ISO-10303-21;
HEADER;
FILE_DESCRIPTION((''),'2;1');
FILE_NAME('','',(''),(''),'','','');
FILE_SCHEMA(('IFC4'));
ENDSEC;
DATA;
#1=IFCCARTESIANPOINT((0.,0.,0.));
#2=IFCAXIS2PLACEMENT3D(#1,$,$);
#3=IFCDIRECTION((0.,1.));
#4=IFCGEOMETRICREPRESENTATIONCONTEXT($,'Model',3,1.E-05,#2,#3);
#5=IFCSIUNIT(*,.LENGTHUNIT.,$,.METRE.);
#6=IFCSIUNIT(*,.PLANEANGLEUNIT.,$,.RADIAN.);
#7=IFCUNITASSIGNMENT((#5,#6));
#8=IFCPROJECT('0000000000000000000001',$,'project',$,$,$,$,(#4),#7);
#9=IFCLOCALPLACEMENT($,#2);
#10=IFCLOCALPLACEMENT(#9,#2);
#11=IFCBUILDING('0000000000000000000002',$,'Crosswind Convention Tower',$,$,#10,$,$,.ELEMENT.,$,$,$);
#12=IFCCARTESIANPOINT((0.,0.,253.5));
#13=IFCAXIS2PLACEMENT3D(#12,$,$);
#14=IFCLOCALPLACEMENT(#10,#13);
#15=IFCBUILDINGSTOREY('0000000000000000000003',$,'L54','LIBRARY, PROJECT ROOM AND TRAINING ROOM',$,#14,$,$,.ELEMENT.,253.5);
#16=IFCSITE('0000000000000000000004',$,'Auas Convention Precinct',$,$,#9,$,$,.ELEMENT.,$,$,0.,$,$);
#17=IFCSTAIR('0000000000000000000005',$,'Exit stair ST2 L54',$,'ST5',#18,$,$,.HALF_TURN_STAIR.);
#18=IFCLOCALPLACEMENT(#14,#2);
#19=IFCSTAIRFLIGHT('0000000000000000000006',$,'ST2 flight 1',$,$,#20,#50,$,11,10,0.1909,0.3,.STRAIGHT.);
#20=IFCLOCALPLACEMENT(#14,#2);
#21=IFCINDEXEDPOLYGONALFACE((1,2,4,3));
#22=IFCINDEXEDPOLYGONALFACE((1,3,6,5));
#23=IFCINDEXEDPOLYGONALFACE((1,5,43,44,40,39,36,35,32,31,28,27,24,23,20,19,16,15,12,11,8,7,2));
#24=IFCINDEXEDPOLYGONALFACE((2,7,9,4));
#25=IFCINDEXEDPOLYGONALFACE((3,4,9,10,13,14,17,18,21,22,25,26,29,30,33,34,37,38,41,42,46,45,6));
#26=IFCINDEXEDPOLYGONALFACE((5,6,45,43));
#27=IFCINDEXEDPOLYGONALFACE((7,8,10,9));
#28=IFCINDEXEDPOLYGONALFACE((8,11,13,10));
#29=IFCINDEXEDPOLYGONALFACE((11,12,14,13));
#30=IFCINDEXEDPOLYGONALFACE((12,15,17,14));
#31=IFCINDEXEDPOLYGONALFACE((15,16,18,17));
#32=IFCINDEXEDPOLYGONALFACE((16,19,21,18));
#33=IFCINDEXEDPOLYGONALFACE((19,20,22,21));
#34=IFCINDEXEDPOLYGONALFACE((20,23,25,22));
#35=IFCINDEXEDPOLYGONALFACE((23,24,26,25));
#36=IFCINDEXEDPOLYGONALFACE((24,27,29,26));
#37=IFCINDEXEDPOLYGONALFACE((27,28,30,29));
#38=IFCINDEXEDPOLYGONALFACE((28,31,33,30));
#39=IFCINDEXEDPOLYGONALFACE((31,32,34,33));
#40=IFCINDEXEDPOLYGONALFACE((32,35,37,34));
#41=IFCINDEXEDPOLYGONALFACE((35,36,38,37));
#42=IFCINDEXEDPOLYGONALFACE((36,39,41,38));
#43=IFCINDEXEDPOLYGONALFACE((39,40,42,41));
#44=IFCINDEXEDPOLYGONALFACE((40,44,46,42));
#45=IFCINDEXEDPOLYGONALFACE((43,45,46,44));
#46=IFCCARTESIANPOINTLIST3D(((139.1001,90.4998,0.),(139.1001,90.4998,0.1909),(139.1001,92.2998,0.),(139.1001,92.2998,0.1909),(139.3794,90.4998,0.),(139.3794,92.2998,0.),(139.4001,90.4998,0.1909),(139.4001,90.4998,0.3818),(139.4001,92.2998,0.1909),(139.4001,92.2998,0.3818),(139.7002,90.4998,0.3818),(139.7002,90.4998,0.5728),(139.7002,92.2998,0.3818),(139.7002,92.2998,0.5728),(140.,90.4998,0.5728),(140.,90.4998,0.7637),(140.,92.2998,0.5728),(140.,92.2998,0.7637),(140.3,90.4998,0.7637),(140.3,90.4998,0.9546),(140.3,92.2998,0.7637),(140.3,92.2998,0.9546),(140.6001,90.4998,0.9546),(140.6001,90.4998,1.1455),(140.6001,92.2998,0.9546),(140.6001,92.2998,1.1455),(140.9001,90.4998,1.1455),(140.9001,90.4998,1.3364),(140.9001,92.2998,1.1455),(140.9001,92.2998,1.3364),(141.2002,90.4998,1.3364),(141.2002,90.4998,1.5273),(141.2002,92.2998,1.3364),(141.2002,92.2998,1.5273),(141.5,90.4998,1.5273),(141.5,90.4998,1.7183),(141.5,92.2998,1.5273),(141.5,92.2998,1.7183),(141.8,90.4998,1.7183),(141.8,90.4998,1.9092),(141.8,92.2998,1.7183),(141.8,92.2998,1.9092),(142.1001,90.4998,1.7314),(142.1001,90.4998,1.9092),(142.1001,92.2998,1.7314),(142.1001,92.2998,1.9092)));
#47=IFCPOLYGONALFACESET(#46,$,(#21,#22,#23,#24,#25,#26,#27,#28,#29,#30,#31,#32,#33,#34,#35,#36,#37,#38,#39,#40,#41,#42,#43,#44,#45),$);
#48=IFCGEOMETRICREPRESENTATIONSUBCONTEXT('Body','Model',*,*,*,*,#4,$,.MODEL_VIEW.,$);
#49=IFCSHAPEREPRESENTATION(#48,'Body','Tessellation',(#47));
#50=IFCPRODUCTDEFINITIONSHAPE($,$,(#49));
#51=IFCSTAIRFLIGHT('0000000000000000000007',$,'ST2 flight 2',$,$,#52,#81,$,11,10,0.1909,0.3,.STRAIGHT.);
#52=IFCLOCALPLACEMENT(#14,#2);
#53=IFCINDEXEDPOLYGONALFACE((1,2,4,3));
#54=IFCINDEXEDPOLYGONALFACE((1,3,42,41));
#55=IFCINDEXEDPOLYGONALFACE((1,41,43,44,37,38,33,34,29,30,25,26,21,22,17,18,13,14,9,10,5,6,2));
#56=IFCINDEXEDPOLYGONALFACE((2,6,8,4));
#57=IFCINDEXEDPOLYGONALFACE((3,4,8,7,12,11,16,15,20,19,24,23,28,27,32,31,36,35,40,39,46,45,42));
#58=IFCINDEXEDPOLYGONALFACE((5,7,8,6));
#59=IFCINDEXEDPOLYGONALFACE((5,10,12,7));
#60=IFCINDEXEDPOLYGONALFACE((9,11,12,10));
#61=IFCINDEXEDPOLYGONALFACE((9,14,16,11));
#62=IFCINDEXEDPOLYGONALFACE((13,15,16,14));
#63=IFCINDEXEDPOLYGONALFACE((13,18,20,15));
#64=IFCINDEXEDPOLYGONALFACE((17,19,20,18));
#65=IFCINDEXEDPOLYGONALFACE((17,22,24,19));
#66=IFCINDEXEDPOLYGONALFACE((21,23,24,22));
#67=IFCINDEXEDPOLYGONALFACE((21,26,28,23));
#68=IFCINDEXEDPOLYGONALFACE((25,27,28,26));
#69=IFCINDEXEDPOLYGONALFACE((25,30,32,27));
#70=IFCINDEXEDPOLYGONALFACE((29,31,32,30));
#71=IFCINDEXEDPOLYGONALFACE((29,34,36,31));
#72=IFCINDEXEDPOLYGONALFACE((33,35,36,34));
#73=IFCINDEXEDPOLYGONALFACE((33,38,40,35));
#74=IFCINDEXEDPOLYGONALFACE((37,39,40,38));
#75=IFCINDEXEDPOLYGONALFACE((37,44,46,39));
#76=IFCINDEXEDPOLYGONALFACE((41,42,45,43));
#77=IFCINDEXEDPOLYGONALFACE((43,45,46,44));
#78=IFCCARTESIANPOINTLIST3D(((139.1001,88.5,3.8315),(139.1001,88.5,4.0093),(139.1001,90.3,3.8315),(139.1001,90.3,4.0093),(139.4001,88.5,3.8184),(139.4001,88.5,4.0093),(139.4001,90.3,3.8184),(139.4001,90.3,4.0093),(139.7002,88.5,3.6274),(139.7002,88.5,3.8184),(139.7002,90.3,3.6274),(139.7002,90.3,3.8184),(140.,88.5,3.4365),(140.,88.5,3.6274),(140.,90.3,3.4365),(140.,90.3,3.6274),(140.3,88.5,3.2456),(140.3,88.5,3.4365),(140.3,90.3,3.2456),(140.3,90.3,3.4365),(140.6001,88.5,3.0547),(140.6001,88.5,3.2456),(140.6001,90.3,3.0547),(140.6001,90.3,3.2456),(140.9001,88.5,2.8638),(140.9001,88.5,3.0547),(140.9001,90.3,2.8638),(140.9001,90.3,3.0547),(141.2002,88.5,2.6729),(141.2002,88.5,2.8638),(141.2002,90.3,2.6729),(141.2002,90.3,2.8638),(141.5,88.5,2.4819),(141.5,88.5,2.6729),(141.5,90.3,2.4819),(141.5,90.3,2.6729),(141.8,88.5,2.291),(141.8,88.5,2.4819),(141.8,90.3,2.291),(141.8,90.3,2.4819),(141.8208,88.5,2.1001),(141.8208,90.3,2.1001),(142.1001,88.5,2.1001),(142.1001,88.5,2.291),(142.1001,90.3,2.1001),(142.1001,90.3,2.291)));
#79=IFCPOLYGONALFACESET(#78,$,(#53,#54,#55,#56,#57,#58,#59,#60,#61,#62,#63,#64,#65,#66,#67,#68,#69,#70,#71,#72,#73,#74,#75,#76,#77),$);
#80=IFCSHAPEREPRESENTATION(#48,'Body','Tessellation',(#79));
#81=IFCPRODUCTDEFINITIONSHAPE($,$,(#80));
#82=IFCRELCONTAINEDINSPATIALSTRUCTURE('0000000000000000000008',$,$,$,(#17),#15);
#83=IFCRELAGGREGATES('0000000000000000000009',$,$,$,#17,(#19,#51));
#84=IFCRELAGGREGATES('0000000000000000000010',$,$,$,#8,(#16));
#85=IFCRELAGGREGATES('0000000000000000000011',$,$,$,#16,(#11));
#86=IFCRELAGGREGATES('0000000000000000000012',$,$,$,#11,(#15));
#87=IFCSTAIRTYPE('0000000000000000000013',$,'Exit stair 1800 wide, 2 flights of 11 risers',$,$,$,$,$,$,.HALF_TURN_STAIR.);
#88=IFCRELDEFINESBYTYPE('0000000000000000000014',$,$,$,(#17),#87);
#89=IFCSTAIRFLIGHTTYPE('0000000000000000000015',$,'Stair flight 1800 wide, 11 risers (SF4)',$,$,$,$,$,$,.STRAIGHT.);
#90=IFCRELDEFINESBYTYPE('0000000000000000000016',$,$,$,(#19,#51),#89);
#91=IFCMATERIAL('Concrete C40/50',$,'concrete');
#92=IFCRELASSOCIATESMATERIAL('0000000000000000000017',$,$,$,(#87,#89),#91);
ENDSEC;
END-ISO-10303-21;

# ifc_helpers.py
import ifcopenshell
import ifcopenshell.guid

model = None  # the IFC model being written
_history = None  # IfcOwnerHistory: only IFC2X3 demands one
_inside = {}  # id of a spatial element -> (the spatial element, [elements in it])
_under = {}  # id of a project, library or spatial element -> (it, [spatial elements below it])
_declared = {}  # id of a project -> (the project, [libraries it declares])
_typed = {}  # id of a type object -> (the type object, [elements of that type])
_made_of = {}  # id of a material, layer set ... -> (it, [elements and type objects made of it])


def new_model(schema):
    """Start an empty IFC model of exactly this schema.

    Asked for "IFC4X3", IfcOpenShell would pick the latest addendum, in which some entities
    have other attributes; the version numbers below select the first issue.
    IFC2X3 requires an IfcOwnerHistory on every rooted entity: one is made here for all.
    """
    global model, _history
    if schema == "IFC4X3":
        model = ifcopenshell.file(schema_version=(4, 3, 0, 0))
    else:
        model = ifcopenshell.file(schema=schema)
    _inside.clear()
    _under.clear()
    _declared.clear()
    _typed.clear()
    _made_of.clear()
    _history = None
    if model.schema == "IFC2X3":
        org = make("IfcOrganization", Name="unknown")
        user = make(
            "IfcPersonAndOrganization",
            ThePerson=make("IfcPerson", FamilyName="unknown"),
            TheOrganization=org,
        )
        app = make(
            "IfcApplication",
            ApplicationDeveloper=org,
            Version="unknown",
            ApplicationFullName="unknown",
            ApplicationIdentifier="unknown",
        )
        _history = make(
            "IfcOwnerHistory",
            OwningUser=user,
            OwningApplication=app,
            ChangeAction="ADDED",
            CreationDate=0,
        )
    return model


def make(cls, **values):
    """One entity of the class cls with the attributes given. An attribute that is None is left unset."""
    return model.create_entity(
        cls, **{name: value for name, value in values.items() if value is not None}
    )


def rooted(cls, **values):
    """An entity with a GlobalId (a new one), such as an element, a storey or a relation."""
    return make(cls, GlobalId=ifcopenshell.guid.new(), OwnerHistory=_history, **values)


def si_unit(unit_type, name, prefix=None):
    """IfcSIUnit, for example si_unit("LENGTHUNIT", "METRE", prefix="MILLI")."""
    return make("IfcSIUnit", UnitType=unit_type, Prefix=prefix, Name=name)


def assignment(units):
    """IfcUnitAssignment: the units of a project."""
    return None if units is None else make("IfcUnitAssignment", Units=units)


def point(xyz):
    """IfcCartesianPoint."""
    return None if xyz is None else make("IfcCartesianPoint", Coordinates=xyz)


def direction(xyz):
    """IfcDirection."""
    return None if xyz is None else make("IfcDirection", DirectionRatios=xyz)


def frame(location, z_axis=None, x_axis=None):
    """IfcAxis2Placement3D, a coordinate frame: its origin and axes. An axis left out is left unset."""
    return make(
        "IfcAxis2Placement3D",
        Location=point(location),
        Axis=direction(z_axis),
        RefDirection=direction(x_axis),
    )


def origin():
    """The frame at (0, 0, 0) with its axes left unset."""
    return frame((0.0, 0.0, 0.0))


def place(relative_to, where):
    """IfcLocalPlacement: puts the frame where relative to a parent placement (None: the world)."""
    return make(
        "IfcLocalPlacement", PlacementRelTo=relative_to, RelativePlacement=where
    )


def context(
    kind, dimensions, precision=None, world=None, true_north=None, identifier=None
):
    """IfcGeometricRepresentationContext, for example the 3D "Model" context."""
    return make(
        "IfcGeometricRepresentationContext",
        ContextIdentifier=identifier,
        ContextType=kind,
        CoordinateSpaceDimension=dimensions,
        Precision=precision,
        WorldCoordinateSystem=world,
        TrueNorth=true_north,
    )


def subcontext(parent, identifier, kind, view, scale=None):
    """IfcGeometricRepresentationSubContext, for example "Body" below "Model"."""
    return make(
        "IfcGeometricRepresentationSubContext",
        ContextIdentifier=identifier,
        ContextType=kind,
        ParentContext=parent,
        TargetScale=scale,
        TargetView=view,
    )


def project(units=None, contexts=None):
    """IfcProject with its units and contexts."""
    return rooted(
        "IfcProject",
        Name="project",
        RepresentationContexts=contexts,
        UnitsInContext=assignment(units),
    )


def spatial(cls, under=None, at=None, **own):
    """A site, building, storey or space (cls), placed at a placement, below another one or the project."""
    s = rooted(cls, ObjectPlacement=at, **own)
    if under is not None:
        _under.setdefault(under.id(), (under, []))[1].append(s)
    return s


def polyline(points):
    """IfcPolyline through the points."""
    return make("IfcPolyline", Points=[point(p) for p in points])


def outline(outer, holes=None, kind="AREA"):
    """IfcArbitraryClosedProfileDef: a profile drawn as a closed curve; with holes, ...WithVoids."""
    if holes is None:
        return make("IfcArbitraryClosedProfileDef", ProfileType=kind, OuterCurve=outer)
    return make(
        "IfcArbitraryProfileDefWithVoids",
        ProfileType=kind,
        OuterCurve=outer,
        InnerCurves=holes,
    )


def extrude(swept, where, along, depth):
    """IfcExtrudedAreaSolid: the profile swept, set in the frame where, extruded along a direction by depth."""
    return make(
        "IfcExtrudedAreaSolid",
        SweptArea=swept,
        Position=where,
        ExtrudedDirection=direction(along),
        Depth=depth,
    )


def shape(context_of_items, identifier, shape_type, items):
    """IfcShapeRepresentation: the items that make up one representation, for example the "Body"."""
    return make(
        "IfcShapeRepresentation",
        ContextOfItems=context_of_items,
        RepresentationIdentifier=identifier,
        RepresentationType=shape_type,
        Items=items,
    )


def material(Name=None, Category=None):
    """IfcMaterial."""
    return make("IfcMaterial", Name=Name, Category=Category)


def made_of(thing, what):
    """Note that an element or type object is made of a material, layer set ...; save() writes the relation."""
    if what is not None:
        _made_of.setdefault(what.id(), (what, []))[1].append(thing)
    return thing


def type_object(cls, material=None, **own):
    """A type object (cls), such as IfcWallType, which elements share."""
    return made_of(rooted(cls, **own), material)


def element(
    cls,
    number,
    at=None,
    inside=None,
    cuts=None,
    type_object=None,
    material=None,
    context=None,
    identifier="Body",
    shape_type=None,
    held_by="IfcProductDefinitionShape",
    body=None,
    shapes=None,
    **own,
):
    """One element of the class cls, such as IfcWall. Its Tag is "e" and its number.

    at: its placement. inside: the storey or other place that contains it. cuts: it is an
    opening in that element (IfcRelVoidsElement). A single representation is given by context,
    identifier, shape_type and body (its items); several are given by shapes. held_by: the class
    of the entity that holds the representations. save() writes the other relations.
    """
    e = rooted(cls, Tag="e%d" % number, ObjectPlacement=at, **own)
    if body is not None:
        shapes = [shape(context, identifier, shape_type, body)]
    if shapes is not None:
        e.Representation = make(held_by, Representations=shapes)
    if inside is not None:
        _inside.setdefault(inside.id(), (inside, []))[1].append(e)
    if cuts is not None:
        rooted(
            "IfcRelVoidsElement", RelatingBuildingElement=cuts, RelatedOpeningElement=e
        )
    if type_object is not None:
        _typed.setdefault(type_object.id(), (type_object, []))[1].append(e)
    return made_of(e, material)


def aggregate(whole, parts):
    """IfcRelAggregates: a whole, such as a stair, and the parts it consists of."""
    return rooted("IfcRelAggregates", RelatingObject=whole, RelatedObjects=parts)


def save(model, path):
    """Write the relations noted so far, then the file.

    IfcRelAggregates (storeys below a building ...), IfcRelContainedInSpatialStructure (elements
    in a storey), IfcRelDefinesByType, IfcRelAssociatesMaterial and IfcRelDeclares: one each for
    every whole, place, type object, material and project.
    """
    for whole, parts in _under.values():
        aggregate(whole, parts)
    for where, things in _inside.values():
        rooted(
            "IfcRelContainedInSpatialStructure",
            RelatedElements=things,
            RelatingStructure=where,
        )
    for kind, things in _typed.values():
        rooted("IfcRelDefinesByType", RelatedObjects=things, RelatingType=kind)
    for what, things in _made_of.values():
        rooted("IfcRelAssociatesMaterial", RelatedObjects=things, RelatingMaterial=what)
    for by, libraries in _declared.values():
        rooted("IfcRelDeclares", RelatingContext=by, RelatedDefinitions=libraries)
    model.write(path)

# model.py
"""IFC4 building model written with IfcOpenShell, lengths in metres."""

from ifc_helpers import new_model, si_unit, direction, frame, origin, place, context, subcontext, project, spatial, polyline, outline, extrude, material, type_object, element, aggregate, save


model = new_model("IFC4")

# Units and contexts
model_context = context("Model", 3, precision=1e-05, world=origin(), true_north=direction((0.0, 1.0)))
body_context = subcontext(model_context, "Body", "Model", "MODEL_VIEW")
ifc_project = project(units=[si_unit("LENGTHUNIT", "METRE"), si_unit("PLANEANGLEUNIT", "RADIAN")], contexts=[model_context])

# Site, building, storey
site_placement = place(None, origin())
site = spatial("IfcSite", under=ifc_project, at=site_placement, Name="Auas Convention Precinct", CompositionType="ELEMENT", RefElevation=0.0)
building_placement = place(site_placement, origin())
building = spatial("IfcBuilding", under=site, at=building_placement, Name="Crosswind Convention Tower", CompositionType="ELEMENT")
storey_placement = place(building_placement, frame((0.0, 0.0, 253.5)))
storey = spatial("IfcBuildingStorey", under=building, at=storey_placement, Name="L54", Description="LIBRARY, PROJECT ROOM AND TRAINING ROOM", CompositionType="ELEMENT", Elevation=253.5)

# Stair, stair flights
ifc_material_1 = material(Name="Concrete C40/50", Category="concrete")
stair_type = type_object("IfcStairType", Name="Exit stair 1800 wide, 2 flights of 11 risers", PredefinedType="HALF_TURN_STAIR", material=ifc_material_1)
stair_placement = place(storey_placement, origin())
stair = element("IfcStair", 1, at=stair_placement, inside=storey, type_object=stair_type, Name="Exit stair ST2 L54", ObjectType="ST5", PredefinedType="HALF_TURN_STAIR")
stair_flight_type = type_object("IfcStairFlightType", Name="Stair flight 1800 wide, 11 risers (SF4)", PredefinedType="STRAIGHT", material=ifc_material_1)
stair_flight_1_placement = place(storey_placement, frame((139.1001, 91.3999, 0.0), z_axis=(0.0, 0.0, 1.0), x_axis=(1.0, 0.0, 0.0)))
stair_flight_1 = element("IfcStairFlight", 2, at=stair_flight_1_placement, type_object=stair_flight_type, Name="ST2 flight 1", NumberOfRisers=11, NumberOfTreads=10, PredefinedType="STRAIGHT", RiserHeight=0.1909, TreadLength=0.3, context=body_context, shape_type="SweptSolid", body=[
    extrude(outline(polyline([(0.0, 0.0), (0.0, 0.1909), (0.3, 0.1909), (0.3, 0.3818), (0.6001, 0.3818), (0.6001, 0.5728), (0.8999, 0.5728), (0.8999, 0.7637), (1.2, 0.7637), (1.2, 0.9546), (1.5, 0.9546), (1.5, 1.1455), (1.8, 1.1455), (1.8, 1.3364), (2.1001, 1.3364), (2.1001, 1.5273), (2.3999, 1.5273), (2.3999, 1.7183), (2.7, 1.7183), (2.7, 1.9092), (3.0, 1.9092), (3.0, 2.1001), (3.0, 1.7314), (0.2793, 0.0), (0.0, 0.0)])), frame((0.0, 0.8999, 0.0), z_axis=(0.0, -1.0, 0.0), x_axis=(1.0, 0.0, 0.0)), (0.0, 0.0, 1.0), 1.8),
])
stair_flight_2_placement = place(storey_placement, frame((142.1001, 89.3999, 2.1001), z_axis=(0.0, 0.0, 1.0), x_axis=(-1.0, 0.0, 0.0)))
stair_flight_2 = element("IfcStairFlight", 3, at=stair_flight_2_placement, type_object=stair_flight_type, Name="ST2 flight 2", NumberOfRisers=11, NumberOfTreads=10, PredefinedType="STRAIGHT", RiserHeight=0.1909, TreadLength=0.3, context=body_context, shape_type="SweptSolid", body=[
    extrude(outline(polyline([(0.0, 0.0), (0.0, 0.1909), (0.3, 0.1909), (0.3, 0.3818), (0.6001, 0.3818), (0.6001, 0.5728), (0.8999, 0.5728), (0.8999, 0.7637), (1.2, 0.7637), (1.2, 0.9546), (1.5, 0.9546), (1.5, 1.1455), (1.8, 1.1455), (1.8, 1.3364), (2.1001, 1.3364), (2.1001, 1.5273), (2.3999, 1.5273), (2.3999, 1.7183), (2.7, 1.7183), (2.7, 1.9092), (3.0, 1.9092), (3.0, 2.1001), (3.0, 1.7314), (0.2793, 0.0), (0.0, 0.0)])), frame((0.0, 0.8999, 0.0), z_axis=(0.0, -1.0, 0.0), x_axis=(1.0, 0.0, 0.0)), (0.0, 0.0, 1.0), 1.8),
])
aggregate(stair, [stair_flight_1, stair_flight_2])

save(model, "model.ifc")
